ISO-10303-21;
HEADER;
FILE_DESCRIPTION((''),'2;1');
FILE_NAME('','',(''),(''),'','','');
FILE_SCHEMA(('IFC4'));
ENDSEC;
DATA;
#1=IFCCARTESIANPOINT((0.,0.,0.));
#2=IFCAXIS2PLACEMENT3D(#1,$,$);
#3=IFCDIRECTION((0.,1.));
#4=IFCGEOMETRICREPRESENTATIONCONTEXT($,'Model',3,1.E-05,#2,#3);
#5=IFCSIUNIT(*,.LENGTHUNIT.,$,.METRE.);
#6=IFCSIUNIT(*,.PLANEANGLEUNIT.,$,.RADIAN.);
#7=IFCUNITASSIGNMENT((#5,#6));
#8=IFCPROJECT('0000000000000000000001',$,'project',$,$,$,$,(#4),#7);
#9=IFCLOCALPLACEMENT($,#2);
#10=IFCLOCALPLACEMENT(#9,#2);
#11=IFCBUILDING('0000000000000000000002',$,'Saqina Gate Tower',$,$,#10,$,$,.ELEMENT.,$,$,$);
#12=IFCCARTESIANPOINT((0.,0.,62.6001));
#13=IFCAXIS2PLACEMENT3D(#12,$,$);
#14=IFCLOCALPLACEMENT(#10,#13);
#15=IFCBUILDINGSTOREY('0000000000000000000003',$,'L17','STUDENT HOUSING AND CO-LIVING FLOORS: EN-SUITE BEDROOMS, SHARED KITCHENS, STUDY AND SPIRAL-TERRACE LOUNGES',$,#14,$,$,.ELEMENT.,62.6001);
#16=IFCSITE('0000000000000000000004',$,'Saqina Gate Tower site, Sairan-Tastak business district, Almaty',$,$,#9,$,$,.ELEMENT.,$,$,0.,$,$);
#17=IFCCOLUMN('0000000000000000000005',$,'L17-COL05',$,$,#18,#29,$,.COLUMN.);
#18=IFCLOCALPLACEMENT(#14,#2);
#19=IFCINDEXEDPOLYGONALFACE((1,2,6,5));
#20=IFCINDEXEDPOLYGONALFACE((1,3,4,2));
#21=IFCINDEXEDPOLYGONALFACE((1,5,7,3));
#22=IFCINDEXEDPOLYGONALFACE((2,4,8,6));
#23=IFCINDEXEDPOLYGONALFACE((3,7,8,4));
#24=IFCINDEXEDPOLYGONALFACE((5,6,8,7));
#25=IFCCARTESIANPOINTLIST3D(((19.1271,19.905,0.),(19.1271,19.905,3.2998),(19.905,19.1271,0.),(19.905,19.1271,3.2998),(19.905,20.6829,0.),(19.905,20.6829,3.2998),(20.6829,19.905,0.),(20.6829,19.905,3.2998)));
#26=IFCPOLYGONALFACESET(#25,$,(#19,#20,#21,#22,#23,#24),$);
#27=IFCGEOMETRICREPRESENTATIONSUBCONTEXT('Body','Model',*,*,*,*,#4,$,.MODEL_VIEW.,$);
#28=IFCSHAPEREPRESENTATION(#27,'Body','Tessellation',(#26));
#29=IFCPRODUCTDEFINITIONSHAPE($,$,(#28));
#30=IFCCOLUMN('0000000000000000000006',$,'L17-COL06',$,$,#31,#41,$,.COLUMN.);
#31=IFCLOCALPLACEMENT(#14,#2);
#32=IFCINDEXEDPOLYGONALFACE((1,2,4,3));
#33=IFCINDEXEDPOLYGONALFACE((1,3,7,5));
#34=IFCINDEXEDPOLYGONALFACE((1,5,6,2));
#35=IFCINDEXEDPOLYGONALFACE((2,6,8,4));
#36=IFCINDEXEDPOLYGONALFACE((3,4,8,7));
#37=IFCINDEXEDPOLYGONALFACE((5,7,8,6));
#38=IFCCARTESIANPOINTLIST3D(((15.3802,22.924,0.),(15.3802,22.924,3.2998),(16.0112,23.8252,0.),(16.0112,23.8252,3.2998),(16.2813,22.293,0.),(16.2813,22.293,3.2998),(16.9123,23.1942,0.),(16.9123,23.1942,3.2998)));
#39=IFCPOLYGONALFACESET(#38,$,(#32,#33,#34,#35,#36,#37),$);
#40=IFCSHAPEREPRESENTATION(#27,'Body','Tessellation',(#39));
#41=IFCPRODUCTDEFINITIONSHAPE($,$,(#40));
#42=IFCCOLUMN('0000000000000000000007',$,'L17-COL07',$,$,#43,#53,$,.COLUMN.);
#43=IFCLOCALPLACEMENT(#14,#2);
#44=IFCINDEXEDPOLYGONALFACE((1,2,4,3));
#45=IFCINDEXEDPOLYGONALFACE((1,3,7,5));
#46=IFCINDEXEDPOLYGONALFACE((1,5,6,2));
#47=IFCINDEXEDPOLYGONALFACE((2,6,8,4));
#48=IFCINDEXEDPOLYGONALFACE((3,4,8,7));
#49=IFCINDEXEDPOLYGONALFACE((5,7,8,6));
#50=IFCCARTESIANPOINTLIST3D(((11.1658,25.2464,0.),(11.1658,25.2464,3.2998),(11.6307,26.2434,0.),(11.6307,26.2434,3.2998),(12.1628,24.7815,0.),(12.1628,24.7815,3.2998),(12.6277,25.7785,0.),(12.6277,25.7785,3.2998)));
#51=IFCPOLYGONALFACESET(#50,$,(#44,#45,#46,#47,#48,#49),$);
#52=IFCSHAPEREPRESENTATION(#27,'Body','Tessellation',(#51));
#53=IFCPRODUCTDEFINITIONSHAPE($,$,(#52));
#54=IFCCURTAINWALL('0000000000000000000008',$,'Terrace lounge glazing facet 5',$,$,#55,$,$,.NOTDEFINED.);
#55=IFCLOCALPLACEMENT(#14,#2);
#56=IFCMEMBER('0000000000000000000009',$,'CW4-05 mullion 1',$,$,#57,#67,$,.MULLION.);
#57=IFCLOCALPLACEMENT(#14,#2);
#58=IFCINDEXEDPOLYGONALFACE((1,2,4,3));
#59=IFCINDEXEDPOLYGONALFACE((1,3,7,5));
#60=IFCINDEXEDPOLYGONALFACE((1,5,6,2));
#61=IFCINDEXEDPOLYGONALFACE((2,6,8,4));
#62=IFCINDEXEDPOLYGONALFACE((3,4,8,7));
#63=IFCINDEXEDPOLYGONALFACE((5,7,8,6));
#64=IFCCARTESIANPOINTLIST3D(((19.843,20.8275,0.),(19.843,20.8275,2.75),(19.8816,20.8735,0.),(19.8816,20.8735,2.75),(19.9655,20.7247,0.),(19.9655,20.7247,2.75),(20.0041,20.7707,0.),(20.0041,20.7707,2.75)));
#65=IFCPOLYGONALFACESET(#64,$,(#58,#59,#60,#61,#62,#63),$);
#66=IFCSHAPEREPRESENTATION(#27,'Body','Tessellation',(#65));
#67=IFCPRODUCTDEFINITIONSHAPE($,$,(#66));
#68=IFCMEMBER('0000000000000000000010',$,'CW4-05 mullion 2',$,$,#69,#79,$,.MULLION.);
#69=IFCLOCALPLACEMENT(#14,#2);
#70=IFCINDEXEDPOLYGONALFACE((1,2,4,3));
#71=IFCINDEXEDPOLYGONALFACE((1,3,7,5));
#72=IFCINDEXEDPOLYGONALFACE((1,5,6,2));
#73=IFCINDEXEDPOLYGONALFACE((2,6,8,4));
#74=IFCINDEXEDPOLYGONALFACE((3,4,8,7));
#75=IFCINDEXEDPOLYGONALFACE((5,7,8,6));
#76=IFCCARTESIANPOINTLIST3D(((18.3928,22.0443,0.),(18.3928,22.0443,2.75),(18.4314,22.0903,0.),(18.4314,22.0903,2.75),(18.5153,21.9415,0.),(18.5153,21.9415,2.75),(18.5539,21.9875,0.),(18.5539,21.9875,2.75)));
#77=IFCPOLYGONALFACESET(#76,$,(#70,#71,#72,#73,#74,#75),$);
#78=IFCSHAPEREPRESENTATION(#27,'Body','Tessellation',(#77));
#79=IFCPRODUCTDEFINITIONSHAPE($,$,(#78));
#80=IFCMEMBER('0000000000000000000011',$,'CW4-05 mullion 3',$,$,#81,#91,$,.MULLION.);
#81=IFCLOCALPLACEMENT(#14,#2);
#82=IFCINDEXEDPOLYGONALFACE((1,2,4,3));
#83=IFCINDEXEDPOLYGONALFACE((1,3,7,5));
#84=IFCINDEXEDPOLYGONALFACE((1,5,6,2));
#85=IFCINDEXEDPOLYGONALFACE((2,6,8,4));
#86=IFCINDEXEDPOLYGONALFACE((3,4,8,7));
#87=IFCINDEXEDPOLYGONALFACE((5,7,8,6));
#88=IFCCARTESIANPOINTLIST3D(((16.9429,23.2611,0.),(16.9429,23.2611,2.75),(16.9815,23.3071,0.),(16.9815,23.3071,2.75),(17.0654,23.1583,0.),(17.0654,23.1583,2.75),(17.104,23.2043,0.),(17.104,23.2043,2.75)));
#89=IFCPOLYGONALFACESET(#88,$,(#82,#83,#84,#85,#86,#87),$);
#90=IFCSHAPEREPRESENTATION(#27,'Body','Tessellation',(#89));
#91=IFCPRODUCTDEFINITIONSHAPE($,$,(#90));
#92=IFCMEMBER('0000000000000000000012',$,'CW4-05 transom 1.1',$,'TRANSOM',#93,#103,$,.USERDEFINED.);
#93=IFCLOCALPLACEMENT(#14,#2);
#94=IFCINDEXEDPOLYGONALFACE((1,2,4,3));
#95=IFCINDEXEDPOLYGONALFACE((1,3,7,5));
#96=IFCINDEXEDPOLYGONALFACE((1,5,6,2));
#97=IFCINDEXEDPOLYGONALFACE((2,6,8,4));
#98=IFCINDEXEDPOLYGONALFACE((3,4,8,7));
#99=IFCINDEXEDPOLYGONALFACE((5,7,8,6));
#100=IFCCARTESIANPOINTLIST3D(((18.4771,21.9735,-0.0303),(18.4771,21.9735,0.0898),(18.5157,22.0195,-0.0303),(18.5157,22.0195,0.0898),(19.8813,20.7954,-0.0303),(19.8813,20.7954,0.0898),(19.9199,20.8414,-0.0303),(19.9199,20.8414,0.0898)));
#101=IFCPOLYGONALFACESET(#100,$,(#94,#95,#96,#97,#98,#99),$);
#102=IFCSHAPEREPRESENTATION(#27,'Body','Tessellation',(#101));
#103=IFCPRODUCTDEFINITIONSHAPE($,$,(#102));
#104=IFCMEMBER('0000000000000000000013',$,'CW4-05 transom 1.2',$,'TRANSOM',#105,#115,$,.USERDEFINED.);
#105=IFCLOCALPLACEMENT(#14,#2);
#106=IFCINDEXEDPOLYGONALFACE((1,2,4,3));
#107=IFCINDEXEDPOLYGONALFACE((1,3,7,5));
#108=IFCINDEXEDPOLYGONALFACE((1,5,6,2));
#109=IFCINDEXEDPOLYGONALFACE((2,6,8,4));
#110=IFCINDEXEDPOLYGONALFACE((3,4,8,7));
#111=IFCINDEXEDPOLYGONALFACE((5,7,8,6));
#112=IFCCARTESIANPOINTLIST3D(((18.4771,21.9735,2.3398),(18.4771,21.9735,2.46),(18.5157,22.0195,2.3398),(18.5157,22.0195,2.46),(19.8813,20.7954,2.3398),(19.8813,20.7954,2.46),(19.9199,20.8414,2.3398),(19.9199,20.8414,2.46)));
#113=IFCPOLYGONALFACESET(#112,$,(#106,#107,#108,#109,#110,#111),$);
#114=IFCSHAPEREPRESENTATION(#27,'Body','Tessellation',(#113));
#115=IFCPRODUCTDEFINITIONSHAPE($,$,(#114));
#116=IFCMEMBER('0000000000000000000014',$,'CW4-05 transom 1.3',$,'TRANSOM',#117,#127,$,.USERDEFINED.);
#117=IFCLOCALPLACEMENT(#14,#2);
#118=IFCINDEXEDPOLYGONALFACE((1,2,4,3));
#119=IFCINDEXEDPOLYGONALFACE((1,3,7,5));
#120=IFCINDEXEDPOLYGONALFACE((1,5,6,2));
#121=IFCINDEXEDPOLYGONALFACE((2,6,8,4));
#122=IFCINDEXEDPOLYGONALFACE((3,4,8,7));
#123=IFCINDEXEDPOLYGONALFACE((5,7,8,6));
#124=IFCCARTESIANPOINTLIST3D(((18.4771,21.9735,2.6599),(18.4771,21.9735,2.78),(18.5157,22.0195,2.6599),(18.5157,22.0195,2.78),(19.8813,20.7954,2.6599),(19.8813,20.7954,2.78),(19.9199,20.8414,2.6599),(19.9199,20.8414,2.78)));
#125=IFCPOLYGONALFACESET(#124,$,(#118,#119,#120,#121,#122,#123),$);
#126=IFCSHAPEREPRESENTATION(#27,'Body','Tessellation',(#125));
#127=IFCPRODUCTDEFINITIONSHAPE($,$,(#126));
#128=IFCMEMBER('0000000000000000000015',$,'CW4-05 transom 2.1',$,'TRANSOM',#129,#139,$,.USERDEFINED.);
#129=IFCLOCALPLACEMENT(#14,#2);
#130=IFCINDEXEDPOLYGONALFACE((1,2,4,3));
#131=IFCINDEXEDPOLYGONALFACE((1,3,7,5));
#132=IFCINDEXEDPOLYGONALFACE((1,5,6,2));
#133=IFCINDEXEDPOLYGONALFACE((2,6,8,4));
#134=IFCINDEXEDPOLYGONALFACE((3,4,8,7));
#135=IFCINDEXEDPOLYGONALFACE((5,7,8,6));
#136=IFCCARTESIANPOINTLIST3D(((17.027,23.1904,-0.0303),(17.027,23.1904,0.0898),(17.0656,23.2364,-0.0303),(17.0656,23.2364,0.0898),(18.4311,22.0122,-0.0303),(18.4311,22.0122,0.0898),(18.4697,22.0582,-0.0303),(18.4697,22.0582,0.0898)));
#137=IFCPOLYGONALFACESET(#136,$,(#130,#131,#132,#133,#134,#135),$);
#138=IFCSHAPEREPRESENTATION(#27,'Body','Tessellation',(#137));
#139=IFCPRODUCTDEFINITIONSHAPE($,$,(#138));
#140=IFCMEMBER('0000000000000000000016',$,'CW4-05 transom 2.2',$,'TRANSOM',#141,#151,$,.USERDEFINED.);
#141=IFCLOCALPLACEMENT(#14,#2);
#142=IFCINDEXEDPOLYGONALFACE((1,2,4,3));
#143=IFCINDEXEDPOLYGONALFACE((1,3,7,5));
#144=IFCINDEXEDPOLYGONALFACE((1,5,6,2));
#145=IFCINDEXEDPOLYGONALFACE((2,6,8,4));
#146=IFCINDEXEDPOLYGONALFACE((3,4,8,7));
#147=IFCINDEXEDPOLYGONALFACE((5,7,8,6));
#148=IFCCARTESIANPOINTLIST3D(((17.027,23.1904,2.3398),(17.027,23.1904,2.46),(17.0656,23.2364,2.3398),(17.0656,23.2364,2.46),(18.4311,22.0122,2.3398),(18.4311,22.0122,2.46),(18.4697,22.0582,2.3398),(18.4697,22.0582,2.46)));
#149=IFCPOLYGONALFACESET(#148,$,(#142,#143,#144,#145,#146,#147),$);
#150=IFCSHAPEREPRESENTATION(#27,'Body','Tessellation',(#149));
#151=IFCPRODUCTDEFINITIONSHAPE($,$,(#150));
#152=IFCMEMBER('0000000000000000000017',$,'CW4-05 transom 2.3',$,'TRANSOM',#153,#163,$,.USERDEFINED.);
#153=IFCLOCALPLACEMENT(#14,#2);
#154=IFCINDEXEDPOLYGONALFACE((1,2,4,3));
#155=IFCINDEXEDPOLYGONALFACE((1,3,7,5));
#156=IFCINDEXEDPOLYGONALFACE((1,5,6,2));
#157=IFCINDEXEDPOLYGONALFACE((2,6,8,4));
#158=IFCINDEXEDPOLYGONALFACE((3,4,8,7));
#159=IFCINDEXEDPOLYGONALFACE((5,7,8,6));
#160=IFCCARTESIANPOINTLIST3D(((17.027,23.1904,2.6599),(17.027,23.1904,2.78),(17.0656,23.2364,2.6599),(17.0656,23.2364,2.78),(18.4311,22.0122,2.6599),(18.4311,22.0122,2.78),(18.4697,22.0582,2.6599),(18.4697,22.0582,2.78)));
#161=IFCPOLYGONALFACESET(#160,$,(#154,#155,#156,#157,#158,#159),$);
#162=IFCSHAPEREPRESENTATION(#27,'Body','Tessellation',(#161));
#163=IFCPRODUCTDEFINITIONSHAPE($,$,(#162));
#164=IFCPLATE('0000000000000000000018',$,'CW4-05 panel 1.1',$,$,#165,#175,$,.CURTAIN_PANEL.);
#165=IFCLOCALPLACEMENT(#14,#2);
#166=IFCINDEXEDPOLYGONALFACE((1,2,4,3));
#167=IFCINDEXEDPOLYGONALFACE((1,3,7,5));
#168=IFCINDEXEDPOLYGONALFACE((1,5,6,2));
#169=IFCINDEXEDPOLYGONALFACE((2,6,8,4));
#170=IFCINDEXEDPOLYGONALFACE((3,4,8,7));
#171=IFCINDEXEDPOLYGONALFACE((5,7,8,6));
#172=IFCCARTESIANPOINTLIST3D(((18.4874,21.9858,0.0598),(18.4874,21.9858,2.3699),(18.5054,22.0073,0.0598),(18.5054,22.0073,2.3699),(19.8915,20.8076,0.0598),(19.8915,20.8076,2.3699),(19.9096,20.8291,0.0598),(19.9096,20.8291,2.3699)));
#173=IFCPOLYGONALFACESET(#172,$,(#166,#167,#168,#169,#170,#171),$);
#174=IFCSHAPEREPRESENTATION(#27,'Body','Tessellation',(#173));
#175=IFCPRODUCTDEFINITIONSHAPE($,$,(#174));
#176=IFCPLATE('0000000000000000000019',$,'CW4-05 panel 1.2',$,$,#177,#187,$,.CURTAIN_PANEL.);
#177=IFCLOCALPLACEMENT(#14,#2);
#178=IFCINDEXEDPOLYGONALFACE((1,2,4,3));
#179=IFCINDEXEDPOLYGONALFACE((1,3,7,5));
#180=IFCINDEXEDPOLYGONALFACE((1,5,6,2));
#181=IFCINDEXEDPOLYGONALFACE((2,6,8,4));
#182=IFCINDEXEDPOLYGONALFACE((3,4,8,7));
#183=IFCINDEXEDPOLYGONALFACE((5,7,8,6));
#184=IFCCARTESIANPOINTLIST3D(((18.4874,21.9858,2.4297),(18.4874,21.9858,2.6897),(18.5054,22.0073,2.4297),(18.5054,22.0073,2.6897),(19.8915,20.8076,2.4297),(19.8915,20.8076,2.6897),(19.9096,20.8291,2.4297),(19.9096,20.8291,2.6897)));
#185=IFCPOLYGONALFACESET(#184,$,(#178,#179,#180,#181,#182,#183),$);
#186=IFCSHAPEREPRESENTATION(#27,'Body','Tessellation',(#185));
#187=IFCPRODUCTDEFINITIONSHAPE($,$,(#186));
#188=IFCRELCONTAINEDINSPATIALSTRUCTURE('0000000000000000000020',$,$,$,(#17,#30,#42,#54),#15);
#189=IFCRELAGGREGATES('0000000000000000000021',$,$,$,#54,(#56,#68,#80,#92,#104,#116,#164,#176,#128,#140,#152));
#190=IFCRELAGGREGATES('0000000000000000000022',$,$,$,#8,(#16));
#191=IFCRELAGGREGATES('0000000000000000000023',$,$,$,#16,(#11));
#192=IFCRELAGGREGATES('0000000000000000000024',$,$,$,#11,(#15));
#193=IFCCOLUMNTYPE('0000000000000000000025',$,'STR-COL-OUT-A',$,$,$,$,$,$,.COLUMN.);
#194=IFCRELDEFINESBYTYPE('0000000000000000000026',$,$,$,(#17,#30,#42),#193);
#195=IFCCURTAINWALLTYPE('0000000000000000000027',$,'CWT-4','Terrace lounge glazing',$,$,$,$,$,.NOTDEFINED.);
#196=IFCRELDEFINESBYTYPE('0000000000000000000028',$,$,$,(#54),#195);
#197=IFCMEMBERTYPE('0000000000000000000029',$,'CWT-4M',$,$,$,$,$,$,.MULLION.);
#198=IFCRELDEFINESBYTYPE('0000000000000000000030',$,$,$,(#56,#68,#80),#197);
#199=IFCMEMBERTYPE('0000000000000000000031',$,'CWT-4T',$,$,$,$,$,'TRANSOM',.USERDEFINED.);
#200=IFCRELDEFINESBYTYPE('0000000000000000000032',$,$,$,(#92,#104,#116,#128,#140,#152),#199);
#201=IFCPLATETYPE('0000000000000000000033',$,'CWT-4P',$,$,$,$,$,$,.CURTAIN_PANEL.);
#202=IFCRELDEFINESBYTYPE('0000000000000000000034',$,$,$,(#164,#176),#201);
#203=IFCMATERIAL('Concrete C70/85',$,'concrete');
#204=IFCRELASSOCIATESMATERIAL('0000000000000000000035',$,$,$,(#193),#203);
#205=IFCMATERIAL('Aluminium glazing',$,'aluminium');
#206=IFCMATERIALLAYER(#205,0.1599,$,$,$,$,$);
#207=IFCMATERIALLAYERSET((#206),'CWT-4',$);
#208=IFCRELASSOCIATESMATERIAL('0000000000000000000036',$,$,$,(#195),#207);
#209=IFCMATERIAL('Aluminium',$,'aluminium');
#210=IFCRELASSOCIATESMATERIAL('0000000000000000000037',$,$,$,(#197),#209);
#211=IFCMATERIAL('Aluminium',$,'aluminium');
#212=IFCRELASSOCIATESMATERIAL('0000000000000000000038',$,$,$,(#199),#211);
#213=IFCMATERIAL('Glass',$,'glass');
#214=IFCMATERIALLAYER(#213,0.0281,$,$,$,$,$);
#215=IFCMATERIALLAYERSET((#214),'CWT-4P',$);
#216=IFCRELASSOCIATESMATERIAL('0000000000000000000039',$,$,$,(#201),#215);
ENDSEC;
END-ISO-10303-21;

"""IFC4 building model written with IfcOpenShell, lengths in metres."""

from ifc_helpers import new_model, si_unit, direction, frame, origin, origin_2d, place, context, subcontext, project, spatial, rectangle, extrude, material, layer, layer_set, material_profile, profile_set, type_object, element, aggregate, save


model = new_model("IFC4")

# Units and contexts
model_context = context("Model", 3, precision=1e-05, world=origin(), true_north=direction((0.0, 1.0)))
body_context = subcontext(model_context, "Body", "Model", "MODEL_VIEW")
ifc_project = project(units=[si_unit("LENGTHUNIT", "METRE"), si_unit("PLANEANGLEUNIT", "RADIAN")], contexts=[model_context])

# Site, building, storey
site_placement = place(None, origin())
site = spatial("IfcSite", under=ifc_project, at=site_placement, Name="Saqina Gate Tower site, Sairan-Tastak business district, Almaty", CompositionType="ELEMENT", RefElevation=0.0)
building_placement = place(site_placement, origin())
building = spatial("IfcBuilding", under=site, at=building_placement, Name="Saqina Gate Tower", CompositionType="ELEMENT")
storey_placement = place(building_placement, frame((0.0, 0.0, 62.6001)))
storey = spatial("IfcBuildingStorey", under=building, at=storey_placement, Name="L17", Description="STUDENT HOUSING AND CO-LIVING FLOORS: EN-SUITE BEDROOMS, SHARED KITCHENS, STUDY AND SPIRAL-TERRACE LOUNGES", CompositionType="ELEMENT", Elevation=62.6001)

# Columns
ifc_material_1 = material(Name="Concrete C70/85", Category="concrete")
ifc_material_profile_1 = material_profile(ifc_material_1, rectangle(XDim=1.1001, YDim=1.1001, at=origin_2d()), Name="RC 1100x1100")
ifc_profile_set_1 = profile_set([ifc_material_profile_1], Name="Concrete C70/85")
column_type = type_object("IfcColumnType", Name="STR-COL-OUT-A", PredefinedType="COLUMN", material=ifc_profile_set_1)
for number, where, z_axis, x_axis, name in (
    (1, (19.905, 19.905, 0.0), (0.0, 0.0, 1.0), (0.707107, 0.707107, 0.0), "L17-COL05"),
    (2, (16.1462, 23.0591, 0.0), (0.0, 0.0, 1.0), (0.573576, 0.819152, 0.0), "L17-COL06"),
    (3, (11.8967, 25.5125, 0.0), (0.0, 0.0, 1.0), (0.422618, 0.906308, 0.0), "L17-COL07"),
):
    element("IfcColumn", number, at=place(storey_placement, frame(where, z_axis=z_axis, x_axis=x_axis)), inside=storey, type_object=column_type, Name=name, PredefinedType="COLUMN", context=body_context, shape_type="SweptSolid", body=[
        extrude(rectangle(XDim=1.1001, YDim=1.1001, at=origin_2d()), origin(), (0.0, 0.0, 1.0), 3.2998),
    ])

# Curtain wall, members, plates
ifc_material_2 = material(Name="Aluminium glazing", Category="aluminium")
ifc_layer_1 = layer(ifc_material_2, 0.1599)
ifc_layer_set_1 = layer_set([ifc_layer_1], Name="CWT-4")
curtain_wall_type = type_object("IfcCurtainWallType", Name="CWT-4", Description="Terrace lounge glazing", PredefinedType="NOTDEFINED", material=ifc_layer_set_1)
curtain_wall_placement = place(storey_placement, origin())
curtain_wall = element("IfcCurtainWall", 4, at=curtain_wall_placement, inside=storey, type_object=curtain_wall_type, Name="Terrace lounge glazing facet 5", PredefinedType="NOTDEFINED")
ifc_material_3 = material(Name="Aluminium", Category="aluminium")
ifc_material_profile_2 = material_profile(ifc_material_3, rectangle(XDim=0.0601, YDim=0.1599, at=origin_2d()), Name="Aluminium 60x160")
ifc_profile_set_2 = profile_set([ifc_material_profile_2], Name="Aluminium")
member_type_1 = type_object("IfcMemberType", Name="CWT-4M", PredefinedType="MULLION", material=ifc_profile_set_2)
member_1_placement = place(storey_placement, frame((19.9236, 20.7991, 0.0), z_axis=(0.0, 0.0, 1.0), x_axis=(-0.642792, -0.766041, 0.0)))
member_1 = element("IfcMember", 5, at=member_1_placement, type_object=member_type_1, Name="CW4-05 mullion 1", PredefinedType="MULLION", context=body_context, shape_type="SweptSolid", body=[
    extrude(rectangle(XDim=0.0601, YDim=0.1599, at=origin_2d()), origin(), (0.0, 0.0, 1.0), 2.75),
])
member_2_placement = place(storey_placement, frame((18.4734, 22.0159, 0.0), z_axis=(0.0, 0.0, 1.0), x_axis=(-0.642792, -0.766041, 0.0)))
member_2 = element("IfcMember", 6, at=member_2_placement, type_object=member_type_1, Name="CW4-05 mullion 2", PredefinedType="MULLION", context=body_context, shape_type="SweptSolid", body=[
    extrude(rectangle(XDim=0.0601, YDim=0.1599, at=origin_2d()), origin(), (0.0, 0.0, 1.0), 2.75),
])
member_3_placement = place(storey_placement, frame((17.0234, 23.2327, 0.0), z_axis=(0.0, 0.0, 1.0), x_axis=(-0.642792, -0.766041, 0.0)))
member_3 = element("IfcMember", 7, at=member_3_placement, type_object=member_type_1, Name="CW4-05 mullion 3", PredefinedType="MULLION", context=body_context, shape_type="SweptSolid", body=[
    extrude(rectangle(XDim=0.0601, YDim=0.1599, at=origin_2d()), origin(), (0.0, 0.0, 1.0), 2.75),
])
ifc_material_4 = material(Name="Aluminium", Category="aluminium")
ifc_material_profile_3 = material_profile(ifc_material_4, rectangle(XDim=0.0601, YDim=0.1201, at=origin_2d()), Name="Aluminium 60x120")
ifc_profile_set_3 = profile_set([ifc_material_profile_3], Name="Aluminium")
member_type_2 = type_object("IfcMemberType", Name="CWT-4T", ElementType="TRANSOM", PredefinedType="USERDEFINED", material=ifc_profile_set_3)
member_4_placement = place(storey_placement, frame((19.9006, 20.8184, 0.0298), z_axis=(-0.766077, 0.642748, 0.0), x_axis=(-0.642748, -0.766077, 0.0)))
member_4 = element("IfcMember", 8, at=member_4_placement, type_object=member_type_2, Name="CW4-05 transom 1.1", ObjectType="TRANSOM", PredefinedType="USERDEFINED", context=body_context, shape_type="SweptSolid", body=[
    extrude(rectangle(XDim=0.0601, YDim=0.1201, at=origin_2d()), origin(), (0.0, 0.0, 1.0), 1.833),
])
member_5_placement = place(storey_placement, frame((19.9006, 20.8184, 2.3999), z_axis=(-0.766077, 0.642748, 0.0), x_axis=(-0.642748, -0.766077, 0.0)))
member_5 = element("IfcMember", 9, at=member_5_placement, type_object=member_type_2, Name="CW4-05 transom 1.2", ObjectType="TRANSOM", PredefinedType="USERDEFINED", context=body_context, shape_type="SweptSolid", body=[
    extrude(rectangle(XDim=0.0601, YDim=0.1201, at=origin_2d()), origin(), (0.0, 0.0, 1.0), 1.833),
])
member_6_placement = place(storey_placement, frame((19.9006, 20.8184, 2.72), z_axis=(-0.766077, 0.642748, 0.0), x_axis=(-0.642748, -0.766077, 0.0)))
member_6 = element("IfcMember", 10, at=member_6_placement, type_object=member_type_2, Name="CW4-05 transom 1.3", ObjectType="TRANSOM", PredefinedType="USERDEFINED", context=body_context, shape_type="SweptSolid", body=[
    extrude(rectangle(XDim=0.0601, YDim=0.1201, at=origin_2d()), origin(), (0.0, 0.0, 1.0), 1.833),
])
member_7_placement = place(storey_placement, frame((18.4504, 22.0352, 0.0298), z_axis=(-0.766022, 0.642814, 0.0), x_axis=(-0.642814, -0.766022, 0.0)))
member_7 = element("IfcMember", 11, at=member_7_placement, type_object=member_type_2, Name="CW4-05 transom 2.1", ObjectType="TRANSOM", PredefinedType="USERDEFINED", context=body_context, shape_type="SweptSolid", body=[
    extrude(rectangle(XDim=0.0601, YDim=0.1201, at=origin_2d()), origin(), (0.0, 0.0, 1.0), 1.833),
])
member_8_placement = place(storey_placement, frame((18.4504, 22.0352, 2.3999), z_axis=(-0.766022, 0.642814, 0.0), x_axis=(-0.642814, -0.766022, 0.0)))
member_8 = element("IfcMember", 12, at=member_8_placement, type_object=member_type_2, Name="CW4-05 transom 2.2", ObjectType="TRANSOM", PredefinedType="USERDEFINED", context=body_context, shape_type="SweptSolid", body=[
    extrude(rectangle(XDim=0.0601, YDim=0.1201, at=origin_2d()), origin(), (0.0, 0.0, 1.0), 1.833),
])
member_9_placement = place(storey_placement, frame((18.4504, 22.0352, 2.72), z_axis=(-0.766022, 0.642814, 0.0), x_axis=(-0.642814, -0.766022, 0.0)))
member_9 = element("IfcMember", 13, at=member_9_placement, type_object=member_type_2, Name="CW4-05 transom 2.3", ObjectType="TRANSOM", PredefinedType="USERDEFINED", context=body_context, shape_type="SweptSolid", body=[
    extrude(rectangle(XDim=0.0601, YDim=0.1201, at=origin_2d()), origin(), (0.0, 0.0, 1.0), 1.833),
])
ifc_material_5 = material(Name="Glass", Category="glass")
ifc_layer_2 = layer(ifc_material_5, 0.0281)
ifc_layer_set_2 = layer_set([ifc_layer_2], Name="CWT-4P")
plate_type = type_object("IfcPlateType", Name="CWT-4P", PredefinedType="CURTAIN_PANEL", material=ifc_layer_set_2)
plate_1_placement = place(storey_placement, frame((19.1985, 21.4075, 0.0598), z_axis=(0.0, 0.0, 1.0), x_axis=(-0.766041, 0.642792, 0.0)))
plate_1 = element("IfcPlate", 14, at=plate_1_placement, type_object=plate_type, Name="CW4-05 panel 1.1", PredefinedType="CURTAIN_PANEL", context=body_context, shape_type="SweptSolid", body=[
    extrude(rectangle(XDim=1.833, YDim=0.0281, at=origin_2d()), origin(), (0.0, 0.0, 1.0), 2.3101),
])
plate_2_placement = place(storey_placement, frame((19.1985, 21.4075, 2.4297), z_axis=(0.0, 0.0, 1.0), x_axis=(-0.766041, 0.642792, 0.0)))
plate_2 = element("IfcPlate", 15, at=plate_2_placement, type_object=plate_type, Name="CW4-05 panel 1.2", PredefinedType="CURTAIN_PANEL", context=body_context, shape_type="SweptSolid", body=[
    extrude(rectangle(XDim=1.833, YDim=0.0281, at=origin_2d()), origin(), (0.0, 0.0, 1.0), 0.26),
])
aggregate(curtain_wall, [member_1, member_2, member_3, member_4, member_5, member_6, plate_1, plate_2, member_7, member_8, member_9])

save(model, "model.ifc")
